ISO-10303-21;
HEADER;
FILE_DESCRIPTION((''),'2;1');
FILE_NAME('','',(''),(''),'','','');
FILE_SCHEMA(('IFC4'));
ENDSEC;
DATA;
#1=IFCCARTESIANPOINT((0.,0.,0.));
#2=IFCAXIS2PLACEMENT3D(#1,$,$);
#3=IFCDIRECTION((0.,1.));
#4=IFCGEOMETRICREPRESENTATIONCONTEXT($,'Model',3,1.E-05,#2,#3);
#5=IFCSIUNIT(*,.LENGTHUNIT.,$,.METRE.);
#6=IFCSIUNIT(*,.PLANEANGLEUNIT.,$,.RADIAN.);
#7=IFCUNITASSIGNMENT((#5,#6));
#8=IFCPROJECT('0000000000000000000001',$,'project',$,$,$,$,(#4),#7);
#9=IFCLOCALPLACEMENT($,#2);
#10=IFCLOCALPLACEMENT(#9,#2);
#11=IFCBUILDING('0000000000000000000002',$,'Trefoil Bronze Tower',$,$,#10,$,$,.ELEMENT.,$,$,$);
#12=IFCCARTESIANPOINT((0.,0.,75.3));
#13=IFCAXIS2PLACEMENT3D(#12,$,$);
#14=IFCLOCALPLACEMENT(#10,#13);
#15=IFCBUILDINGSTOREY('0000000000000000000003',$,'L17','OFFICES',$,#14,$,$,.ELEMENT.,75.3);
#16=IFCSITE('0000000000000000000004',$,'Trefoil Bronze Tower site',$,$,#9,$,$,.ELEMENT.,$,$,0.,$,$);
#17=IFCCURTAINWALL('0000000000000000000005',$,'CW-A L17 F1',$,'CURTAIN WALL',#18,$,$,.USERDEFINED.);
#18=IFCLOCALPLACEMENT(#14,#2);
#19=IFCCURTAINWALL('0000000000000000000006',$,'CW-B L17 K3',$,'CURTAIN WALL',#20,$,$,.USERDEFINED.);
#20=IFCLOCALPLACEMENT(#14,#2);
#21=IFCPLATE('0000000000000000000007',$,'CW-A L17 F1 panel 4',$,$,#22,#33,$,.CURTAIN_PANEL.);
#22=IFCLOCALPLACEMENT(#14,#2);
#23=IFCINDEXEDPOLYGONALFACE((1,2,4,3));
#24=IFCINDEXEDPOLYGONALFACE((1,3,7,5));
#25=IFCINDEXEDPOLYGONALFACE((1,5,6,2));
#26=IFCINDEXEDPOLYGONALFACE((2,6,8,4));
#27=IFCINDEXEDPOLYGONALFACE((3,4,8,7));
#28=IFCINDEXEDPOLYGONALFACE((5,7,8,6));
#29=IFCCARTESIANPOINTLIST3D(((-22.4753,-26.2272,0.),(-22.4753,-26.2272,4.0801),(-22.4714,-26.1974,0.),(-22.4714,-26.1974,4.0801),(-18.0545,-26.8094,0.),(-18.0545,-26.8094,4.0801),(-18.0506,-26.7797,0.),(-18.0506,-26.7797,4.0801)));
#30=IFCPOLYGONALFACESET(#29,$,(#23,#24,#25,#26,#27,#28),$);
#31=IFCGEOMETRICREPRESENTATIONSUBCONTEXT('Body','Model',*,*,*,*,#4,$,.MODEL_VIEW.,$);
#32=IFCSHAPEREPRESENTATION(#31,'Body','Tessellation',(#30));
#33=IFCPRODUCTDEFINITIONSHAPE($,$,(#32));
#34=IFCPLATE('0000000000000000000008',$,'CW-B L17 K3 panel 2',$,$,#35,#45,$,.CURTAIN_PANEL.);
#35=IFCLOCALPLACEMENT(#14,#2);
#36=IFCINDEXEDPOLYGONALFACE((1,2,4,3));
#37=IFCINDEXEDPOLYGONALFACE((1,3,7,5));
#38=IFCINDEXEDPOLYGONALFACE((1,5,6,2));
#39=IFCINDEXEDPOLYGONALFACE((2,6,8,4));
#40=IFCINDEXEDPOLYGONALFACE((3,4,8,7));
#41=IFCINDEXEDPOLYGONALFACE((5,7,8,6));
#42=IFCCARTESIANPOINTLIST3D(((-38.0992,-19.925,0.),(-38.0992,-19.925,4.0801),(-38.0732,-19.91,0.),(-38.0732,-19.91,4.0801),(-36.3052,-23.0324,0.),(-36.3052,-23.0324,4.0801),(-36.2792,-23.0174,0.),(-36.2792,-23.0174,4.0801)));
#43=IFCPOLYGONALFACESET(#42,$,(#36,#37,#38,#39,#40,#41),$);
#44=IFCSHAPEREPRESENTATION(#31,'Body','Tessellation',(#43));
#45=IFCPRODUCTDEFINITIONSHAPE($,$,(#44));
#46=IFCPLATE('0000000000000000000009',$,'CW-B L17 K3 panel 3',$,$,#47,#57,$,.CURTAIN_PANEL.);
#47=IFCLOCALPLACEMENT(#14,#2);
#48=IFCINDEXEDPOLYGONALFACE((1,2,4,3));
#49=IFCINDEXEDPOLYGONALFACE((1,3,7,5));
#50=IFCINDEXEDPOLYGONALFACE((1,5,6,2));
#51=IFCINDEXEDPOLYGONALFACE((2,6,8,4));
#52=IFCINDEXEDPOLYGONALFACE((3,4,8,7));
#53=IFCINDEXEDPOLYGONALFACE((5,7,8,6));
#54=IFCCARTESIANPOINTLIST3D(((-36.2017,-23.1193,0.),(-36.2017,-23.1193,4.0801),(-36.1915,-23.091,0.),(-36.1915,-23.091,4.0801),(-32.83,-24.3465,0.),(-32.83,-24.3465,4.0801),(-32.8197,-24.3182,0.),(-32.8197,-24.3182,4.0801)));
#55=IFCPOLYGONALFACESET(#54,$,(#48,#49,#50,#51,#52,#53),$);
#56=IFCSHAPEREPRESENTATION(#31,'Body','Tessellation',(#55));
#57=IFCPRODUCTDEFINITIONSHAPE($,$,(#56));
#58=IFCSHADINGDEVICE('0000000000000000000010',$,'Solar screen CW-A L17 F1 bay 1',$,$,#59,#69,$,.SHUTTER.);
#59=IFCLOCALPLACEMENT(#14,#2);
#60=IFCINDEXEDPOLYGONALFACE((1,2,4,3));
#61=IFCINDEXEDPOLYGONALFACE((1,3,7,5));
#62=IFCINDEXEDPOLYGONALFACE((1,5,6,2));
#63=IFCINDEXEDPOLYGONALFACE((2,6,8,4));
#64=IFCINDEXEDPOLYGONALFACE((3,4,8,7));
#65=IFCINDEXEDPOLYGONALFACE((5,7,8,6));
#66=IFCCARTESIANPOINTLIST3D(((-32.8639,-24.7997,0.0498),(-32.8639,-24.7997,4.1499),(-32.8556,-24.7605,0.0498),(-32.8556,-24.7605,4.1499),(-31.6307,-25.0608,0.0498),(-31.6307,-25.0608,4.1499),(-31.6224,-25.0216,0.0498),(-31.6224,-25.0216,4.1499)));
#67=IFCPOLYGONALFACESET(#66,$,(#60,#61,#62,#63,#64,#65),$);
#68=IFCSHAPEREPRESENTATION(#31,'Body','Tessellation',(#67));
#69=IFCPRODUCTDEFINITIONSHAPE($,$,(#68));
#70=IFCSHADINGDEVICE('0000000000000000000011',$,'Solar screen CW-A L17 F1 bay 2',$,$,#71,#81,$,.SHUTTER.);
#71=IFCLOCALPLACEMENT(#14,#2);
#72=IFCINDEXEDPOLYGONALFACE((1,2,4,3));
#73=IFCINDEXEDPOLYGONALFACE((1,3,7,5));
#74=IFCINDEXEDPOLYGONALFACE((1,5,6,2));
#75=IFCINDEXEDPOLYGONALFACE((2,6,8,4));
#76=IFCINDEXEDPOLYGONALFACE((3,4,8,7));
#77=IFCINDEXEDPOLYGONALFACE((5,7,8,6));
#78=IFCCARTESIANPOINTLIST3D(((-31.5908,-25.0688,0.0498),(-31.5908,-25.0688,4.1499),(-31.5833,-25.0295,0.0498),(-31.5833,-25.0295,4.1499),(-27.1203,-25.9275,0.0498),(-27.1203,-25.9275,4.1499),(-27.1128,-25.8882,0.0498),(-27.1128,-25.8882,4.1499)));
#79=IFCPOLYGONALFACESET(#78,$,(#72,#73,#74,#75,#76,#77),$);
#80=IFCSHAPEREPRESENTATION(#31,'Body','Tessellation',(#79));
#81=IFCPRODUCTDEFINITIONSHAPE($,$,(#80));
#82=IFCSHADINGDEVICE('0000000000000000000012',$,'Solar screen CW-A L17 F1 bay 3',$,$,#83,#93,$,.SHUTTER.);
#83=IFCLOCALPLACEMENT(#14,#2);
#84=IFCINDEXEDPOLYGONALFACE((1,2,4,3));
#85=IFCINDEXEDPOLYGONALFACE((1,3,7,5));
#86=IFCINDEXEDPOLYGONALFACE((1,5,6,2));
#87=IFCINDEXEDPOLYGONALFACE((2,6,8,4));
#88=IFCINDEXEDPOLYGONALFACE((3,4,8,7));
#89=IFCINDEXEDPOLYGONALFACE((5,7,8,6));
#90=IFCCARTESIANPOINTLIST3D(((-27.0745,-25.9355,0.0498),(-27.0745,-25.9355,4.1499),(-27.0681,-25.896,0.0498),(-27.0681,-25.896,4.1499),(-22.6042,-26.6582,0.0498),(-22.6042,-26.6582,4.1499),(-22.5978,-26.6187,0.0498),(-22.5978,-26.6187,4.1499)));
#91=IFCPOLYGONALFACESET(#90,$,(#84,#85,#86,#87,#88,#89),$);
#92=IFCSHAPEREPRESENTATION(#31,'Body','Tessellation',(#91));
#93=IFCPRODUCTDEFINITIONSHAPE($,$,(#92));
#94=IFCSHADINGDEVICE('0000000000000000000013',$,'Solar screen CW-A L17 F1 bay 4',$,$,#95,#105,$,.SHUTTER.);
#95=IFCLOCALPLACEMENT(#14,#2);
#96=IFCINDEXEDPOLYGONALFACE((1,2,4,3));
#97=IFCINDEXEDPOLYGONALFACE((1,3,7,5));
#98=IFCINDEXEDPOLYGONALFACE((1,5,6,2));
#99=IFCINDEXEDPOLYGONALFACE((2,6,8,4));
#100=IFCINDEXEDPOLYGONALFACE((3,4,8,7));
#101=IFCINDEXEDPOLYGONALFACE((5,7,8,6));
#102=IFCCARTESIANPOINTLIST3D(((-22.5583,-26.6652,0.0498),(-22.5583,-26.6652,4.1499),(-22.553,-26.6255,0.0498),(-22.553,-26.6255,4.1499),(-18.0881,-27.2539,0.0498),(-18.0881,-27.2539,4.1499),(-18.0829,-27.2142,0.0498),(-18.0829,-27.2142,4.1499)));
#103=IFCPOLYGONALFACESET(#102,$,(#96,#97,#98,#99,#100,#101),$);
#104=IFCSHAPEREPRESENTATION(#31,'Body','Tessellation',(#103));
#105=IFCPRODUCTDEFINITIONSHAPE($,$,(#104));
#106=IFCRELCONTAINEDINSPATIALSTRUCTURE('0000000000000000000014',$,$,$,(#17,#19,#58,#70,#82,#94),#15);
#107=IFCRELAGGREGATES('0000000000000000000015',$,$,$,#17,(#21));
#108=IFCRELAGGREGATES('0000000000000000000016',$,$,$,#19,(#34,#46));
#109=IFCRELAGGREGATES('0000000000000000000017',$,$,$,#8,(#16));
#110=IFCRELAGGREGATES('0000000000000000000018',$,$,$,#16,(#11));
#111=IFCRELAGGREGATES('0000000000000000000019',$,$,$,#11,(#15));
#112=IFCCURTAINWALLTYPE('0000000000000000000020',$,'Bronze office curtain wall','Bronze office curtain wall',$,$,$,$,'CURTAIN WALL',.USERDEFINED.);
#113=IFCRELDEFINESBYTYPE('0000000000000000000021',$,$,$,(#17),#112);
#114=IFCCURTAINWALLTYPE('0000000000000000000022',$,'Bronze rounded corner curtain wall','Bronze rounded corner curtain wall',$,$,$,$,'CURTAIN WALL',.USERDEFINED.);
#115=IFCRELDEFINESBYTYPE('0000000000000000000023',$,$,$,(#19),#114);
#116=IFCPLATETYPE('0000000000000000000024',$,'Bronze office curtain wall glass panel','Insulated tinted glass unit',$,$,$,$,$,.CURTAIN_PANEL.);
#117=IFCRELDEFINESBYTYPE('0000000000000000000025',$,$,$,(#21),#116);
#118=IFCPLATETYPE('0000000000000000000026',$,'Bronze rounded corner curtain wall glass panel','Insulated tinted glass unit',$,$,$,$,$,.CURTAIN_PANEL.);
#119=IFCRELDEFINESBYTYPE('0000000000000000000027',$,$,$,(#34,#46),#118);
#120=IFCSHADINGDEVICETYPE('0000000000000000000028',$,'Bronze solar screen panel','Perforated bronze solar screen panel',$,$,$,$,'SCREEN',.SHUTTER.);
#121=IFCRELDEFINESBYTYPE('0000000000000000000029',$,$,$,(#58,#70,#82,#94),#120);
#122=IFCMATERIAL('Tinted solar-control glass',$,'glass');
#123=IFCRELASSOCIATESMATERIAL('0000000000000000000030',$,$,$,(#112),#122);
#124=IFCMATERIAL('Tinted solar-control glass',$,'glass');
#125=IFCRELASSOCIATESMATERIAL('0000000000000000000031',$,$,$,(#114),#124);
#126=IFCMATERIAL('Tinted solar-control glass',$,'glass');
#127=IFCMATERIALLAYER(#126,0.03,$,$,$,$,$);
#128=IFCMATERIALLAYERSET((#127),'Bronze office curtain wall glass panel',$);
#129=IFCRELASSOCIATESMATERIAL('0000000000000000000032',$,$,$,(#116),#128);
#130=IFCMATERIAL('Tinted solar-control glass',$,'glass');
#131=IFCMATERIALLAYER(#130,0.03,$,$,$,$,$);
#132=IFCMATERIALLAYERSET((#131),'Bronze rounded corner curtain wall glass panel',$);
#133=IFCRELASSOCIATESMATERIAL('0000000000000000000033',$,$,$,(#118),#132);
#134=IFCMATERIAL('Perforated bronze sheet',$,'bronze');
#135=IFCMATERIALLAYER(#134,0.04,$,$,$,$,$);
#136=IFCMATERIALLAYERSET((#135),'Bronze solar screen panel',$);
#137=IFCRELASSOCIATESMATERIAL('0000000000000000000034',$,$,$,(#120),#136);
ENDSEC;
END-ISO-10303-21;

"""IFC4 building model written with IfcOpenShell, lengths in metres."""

from ifc_helpers import new_model, si_unit, direction, frame, origin, origin_2d, place, context, subcontext, project, spatial, rectangle, extrude, material, layer, layer_set, type_object, element, aggregate, save


model = new_model("IFC4")

# Units and contexts
model_context = context("Model", 3, precision=1e-05, world=origin(), true_north=direction((0.0, 1.0)))
body_context = subcontext(model_context, "Body", "Model", "MODEL_VIEW")
ifc_project = project(units=[si_unit("LENGTHUNIT", "METRE"), si_unit("PLANEANGLEUNIT", "RADIAN")], contexts=[model_context])

# Site, building, storey
site_placement = place(None, origin())
site = spatial("IfcSite", under=ifc_project, at=site_placement, Name="Trefoil Bronze Tower site", CompositionType="ELEMENT", RefElevation=0.0)
building_placement = place(site_placement, origin())
building = spatial("IfcBuilding", under=site, at=building_placement, Name="Trefoil Bronze Tower", CompositionType="ELEMENT")
storey_placement = place(building_placement, frame((0.0, 0.0, 75.3)))
storey = spatial("IfcBuildingStorey", under=building, at=storey_placement, Name="L17", Description="OFFICES", CompositionType="ELEMENT", Elevation=75.3)

# Curtain walls
ifc_material_1 = material(Name="Tinted solar-control glass", Category="glass")
curtain_wall_type_1 = type_object("IfcCurtainWallType", Name="Bronze office curtain wall", Description="Bronze office curtain wall", ElementType="CURTAIN WALL", PredefinedType="USERDEFINED", material=ifc_material_1)
curtain_wall_1_placement = place(storey_placement, origin())
curtain_wall_1 = element("IfcCurtainWall", 1, at=curtain_wall_1_placement, inside=storey, type_object=curtain_wall_type_1, Name="CW-A L17 F1", ObjectType="CURTAIN WALL", PredefinedType="USERDEFINED")
ifc_material_2 = material(Name="Tinted solar-control glass", Category="glass")
curtain_wall_type_2 = type_object("IfcCurtainWallType", Name="Bronze rounded corner curtain wall", Description="Bronze rounded corner curtain wall", ElementType="CURTAIN WALL", PredefinedType="USERDEFINED", material=ifc_material_2)
curtain_wall_2_placement = place(storey_placement, origin())
curtain_wall_2 = element("IfcCurtainWall", 2, at=curtain_wall_2_placement, inside=storey, type_object=curtain_wall_type_2, Name="CW-B L17 K3", ObjectType="CURTAIN WALL", PredefinedType="USERDEFINED")

# Plates
ifc_material_3 = material(Name="Tinted solar-control glass", Category="glass")
ifc_layer_1 = layer(ifc_material_3, 0.03)
ifc_layer_set_1 = layer_set([ifc_layer_1], Name="Bronze office curtain wall glass panel")
plate_type_1 = type_object("IfcPlateType", Name="Bronze office curtain wall glass panel", Description="Insulated tinted glass unit", PredefinedType="CURTAIN_PANEL", material=ifc_layer_set_1)
plate_1_placement = place(storey_placement, frame((-20.2629, -26.5034, 0.0), z_axis=(0.0, 0.0, 1.0), x_axis=(0.991437, -0.130584, 0.0)))
plate_1 = element("IfcPlate", 3, at=plate_1_placement, type_object=plate_type_1, Name="CW-A L17 F1 panel 4", PredefinedType="CURTAIN_PANEL", context=body_context, shape_type="SweptSolid", body=[
    extrude(rectangle(XDim=4.459, YDim=0.03, at=origin_2d()), origin(), (0.0, 0.0, 1.0), 4.0801),
])
aggregate(curtain_wall_1, [plate_1])
ifc_material_4 = material(Name="Tinted solar-control glass", Category="glass")
ifc_layer_2 = layer(ifc_material_4, 0.03)
ifc_layer_set_2 = layer_set([ifc_layer_2], Name="Bronze rounded corner curtain wall glass panel")
plate_type_2 = type_object("IfcPlateType", Name="Bronze rounded corner curtain wall glass panel", Description="Insulated tinted glass unit", PredefinedType="CURTAIN_PANEL", material=ifc_layer_set_2)
plate_2_placement = place(storey_placement, frame((-37.1892, -21.4712, 0.0), z_axis=(0.0, 0.0, 1.0), x_axis=(0.5, -0.866025, 0.0)))
plate_2 = element("IfcPlate", 4, at=plate_2_placement, type_object=plate_type_2, Name="CW-B L17 K3 panel 2", PredefinedType="CURTAIN_PANEL", context=body_context, shape_type="SweptSolid", body=[
    extrude(rectangle(XDim=3.5881, YDim=0.03, at=origin_2d()), origin(), (0.0, 0.0, 1.0), 4.0801),
])
plate_3_placement = place(storey_placement, frame((-34.5107, -23.7188, 0.0), z_axis=(0.0, 0.0, 1.0), x_axis=(0.939693, -0.34202, 0.0)))
plate_3 = element("IfcPlate", 5, at=plate_3_placement, type_object=plate_type_2, Name="CW-B L17 K3 panel 3", PredefinedType="CURTAIN_PANEL", context=body_context, shape_type="SweptSolid", body=[
    extrude(rectangle(XDim=3.5881, YDim=0.03, at=origin_2d()), origin(), (0.0, 0.0, 1.0), 4.0801),
])
aggregate(curtain_wall_2, [plate_2, plate_3])

# Shading devices
ifc_material_5 = material(Name="Perforated bronze sheet", Category="bronze")
ifc_layer_3 = layer(ifc_material_5, 0.04)
ifc_layer_set_3 = layer_set([ifc_layer_3], Name="Bronze solar screen panel")
shading_device_type = type_object("IfcShadingDeviceType", Name="Bronze solar screen panel", Description="Perforated bronze solar screen panel", ElementType="SCREEN", PredefinedType="SHUTTER", material=ifc_layer_set_3)
shading_device_1_placement = place(storey_placement, frame((-32.2432, -24.9106, 0.0498), z_axis=(0.0, 0.0, 1.0), x_axis=(0.978303, -0.207181, 0.0)))
element("IfcShadingDevice", 6, at=shading_device_1_placement, inside=storey, type_object=shading_device_type, Name="Solar screen CW-A L17 F1 bay 1", PredefinedType="SHUTTER", context=body_context, shape_type="SweptSolid", body=[
    extrude(rectangle(XDim=1.2605, YDim=0.04, at=origin_2d()), origin(), (0.0, 0.0, 1.0), 4.1001),
])
shading_device_2_placement = place(storey_placement, frame((-29.3518, -25.4785, 0.0498), z_axis=(0.0, 0.0, 1.0), x_axis=(0.98205, -0.188622, 0.0)))
element("IfcShadingDevice", 7, at=shading_device_2_placement, inside=storey, type_object=shading_device_type, Name="Solar screen CW-A L17 F1 bay 2", PredefinedType="SHUTTER", context=body_context, shape_type="SweptSolid", body=[
    extrude(rectangle(XDim=4.5522, YDim=0.04, at=origin_2d()), origin(), (0.0, 0.0, 1.0), 4.1001),
])
shading_device_3_placement = place(storey_placement, frame((-24.8362, -26.2771, 0.0498), z_axis=(0.0, 0.0, 1.0), x_axis=(0.987181, -0.159603, 0.0)))
element("IfcShadingDevice", 8, at=shading_device_3_placement, inside=storey, type_object=shading_device_type, Name="Solar screen CW-A L17 F1 bay 3", PredefinedType="SHUTTER", context=body_context, shape_type="SweptSolid", body=[
    extrude(rectangle(XDim=4.5283, YDim=0.04, at=origin_2d()), origin(), (0.0, 0.0, 1.0), 4.1001),
])
shading_device_4_placement = place(storey_placement, frame((-20.3206, -26.9397, 0.0498), z_axis=(0.0, 0.0, 1.0), x_axis=(0.991437, -0.130584, 0.0)))
element("IfcShadingDevice", 9, at=shading_device_4_placement, inside=storey, type_object=shading_device_type, Name="Solar screen CW-A L17 F1 bay 4", PredefinedType="SHUTTER", context=body_context, shape_type="SweptSolid", body=[
    extrude(rectangle(XDim=4.5088, YDim=0.04, at=origin_2d()), origin(), (0.0, 0.0, 1.0), 4.1001),
])

save(model, "model.ifc")
